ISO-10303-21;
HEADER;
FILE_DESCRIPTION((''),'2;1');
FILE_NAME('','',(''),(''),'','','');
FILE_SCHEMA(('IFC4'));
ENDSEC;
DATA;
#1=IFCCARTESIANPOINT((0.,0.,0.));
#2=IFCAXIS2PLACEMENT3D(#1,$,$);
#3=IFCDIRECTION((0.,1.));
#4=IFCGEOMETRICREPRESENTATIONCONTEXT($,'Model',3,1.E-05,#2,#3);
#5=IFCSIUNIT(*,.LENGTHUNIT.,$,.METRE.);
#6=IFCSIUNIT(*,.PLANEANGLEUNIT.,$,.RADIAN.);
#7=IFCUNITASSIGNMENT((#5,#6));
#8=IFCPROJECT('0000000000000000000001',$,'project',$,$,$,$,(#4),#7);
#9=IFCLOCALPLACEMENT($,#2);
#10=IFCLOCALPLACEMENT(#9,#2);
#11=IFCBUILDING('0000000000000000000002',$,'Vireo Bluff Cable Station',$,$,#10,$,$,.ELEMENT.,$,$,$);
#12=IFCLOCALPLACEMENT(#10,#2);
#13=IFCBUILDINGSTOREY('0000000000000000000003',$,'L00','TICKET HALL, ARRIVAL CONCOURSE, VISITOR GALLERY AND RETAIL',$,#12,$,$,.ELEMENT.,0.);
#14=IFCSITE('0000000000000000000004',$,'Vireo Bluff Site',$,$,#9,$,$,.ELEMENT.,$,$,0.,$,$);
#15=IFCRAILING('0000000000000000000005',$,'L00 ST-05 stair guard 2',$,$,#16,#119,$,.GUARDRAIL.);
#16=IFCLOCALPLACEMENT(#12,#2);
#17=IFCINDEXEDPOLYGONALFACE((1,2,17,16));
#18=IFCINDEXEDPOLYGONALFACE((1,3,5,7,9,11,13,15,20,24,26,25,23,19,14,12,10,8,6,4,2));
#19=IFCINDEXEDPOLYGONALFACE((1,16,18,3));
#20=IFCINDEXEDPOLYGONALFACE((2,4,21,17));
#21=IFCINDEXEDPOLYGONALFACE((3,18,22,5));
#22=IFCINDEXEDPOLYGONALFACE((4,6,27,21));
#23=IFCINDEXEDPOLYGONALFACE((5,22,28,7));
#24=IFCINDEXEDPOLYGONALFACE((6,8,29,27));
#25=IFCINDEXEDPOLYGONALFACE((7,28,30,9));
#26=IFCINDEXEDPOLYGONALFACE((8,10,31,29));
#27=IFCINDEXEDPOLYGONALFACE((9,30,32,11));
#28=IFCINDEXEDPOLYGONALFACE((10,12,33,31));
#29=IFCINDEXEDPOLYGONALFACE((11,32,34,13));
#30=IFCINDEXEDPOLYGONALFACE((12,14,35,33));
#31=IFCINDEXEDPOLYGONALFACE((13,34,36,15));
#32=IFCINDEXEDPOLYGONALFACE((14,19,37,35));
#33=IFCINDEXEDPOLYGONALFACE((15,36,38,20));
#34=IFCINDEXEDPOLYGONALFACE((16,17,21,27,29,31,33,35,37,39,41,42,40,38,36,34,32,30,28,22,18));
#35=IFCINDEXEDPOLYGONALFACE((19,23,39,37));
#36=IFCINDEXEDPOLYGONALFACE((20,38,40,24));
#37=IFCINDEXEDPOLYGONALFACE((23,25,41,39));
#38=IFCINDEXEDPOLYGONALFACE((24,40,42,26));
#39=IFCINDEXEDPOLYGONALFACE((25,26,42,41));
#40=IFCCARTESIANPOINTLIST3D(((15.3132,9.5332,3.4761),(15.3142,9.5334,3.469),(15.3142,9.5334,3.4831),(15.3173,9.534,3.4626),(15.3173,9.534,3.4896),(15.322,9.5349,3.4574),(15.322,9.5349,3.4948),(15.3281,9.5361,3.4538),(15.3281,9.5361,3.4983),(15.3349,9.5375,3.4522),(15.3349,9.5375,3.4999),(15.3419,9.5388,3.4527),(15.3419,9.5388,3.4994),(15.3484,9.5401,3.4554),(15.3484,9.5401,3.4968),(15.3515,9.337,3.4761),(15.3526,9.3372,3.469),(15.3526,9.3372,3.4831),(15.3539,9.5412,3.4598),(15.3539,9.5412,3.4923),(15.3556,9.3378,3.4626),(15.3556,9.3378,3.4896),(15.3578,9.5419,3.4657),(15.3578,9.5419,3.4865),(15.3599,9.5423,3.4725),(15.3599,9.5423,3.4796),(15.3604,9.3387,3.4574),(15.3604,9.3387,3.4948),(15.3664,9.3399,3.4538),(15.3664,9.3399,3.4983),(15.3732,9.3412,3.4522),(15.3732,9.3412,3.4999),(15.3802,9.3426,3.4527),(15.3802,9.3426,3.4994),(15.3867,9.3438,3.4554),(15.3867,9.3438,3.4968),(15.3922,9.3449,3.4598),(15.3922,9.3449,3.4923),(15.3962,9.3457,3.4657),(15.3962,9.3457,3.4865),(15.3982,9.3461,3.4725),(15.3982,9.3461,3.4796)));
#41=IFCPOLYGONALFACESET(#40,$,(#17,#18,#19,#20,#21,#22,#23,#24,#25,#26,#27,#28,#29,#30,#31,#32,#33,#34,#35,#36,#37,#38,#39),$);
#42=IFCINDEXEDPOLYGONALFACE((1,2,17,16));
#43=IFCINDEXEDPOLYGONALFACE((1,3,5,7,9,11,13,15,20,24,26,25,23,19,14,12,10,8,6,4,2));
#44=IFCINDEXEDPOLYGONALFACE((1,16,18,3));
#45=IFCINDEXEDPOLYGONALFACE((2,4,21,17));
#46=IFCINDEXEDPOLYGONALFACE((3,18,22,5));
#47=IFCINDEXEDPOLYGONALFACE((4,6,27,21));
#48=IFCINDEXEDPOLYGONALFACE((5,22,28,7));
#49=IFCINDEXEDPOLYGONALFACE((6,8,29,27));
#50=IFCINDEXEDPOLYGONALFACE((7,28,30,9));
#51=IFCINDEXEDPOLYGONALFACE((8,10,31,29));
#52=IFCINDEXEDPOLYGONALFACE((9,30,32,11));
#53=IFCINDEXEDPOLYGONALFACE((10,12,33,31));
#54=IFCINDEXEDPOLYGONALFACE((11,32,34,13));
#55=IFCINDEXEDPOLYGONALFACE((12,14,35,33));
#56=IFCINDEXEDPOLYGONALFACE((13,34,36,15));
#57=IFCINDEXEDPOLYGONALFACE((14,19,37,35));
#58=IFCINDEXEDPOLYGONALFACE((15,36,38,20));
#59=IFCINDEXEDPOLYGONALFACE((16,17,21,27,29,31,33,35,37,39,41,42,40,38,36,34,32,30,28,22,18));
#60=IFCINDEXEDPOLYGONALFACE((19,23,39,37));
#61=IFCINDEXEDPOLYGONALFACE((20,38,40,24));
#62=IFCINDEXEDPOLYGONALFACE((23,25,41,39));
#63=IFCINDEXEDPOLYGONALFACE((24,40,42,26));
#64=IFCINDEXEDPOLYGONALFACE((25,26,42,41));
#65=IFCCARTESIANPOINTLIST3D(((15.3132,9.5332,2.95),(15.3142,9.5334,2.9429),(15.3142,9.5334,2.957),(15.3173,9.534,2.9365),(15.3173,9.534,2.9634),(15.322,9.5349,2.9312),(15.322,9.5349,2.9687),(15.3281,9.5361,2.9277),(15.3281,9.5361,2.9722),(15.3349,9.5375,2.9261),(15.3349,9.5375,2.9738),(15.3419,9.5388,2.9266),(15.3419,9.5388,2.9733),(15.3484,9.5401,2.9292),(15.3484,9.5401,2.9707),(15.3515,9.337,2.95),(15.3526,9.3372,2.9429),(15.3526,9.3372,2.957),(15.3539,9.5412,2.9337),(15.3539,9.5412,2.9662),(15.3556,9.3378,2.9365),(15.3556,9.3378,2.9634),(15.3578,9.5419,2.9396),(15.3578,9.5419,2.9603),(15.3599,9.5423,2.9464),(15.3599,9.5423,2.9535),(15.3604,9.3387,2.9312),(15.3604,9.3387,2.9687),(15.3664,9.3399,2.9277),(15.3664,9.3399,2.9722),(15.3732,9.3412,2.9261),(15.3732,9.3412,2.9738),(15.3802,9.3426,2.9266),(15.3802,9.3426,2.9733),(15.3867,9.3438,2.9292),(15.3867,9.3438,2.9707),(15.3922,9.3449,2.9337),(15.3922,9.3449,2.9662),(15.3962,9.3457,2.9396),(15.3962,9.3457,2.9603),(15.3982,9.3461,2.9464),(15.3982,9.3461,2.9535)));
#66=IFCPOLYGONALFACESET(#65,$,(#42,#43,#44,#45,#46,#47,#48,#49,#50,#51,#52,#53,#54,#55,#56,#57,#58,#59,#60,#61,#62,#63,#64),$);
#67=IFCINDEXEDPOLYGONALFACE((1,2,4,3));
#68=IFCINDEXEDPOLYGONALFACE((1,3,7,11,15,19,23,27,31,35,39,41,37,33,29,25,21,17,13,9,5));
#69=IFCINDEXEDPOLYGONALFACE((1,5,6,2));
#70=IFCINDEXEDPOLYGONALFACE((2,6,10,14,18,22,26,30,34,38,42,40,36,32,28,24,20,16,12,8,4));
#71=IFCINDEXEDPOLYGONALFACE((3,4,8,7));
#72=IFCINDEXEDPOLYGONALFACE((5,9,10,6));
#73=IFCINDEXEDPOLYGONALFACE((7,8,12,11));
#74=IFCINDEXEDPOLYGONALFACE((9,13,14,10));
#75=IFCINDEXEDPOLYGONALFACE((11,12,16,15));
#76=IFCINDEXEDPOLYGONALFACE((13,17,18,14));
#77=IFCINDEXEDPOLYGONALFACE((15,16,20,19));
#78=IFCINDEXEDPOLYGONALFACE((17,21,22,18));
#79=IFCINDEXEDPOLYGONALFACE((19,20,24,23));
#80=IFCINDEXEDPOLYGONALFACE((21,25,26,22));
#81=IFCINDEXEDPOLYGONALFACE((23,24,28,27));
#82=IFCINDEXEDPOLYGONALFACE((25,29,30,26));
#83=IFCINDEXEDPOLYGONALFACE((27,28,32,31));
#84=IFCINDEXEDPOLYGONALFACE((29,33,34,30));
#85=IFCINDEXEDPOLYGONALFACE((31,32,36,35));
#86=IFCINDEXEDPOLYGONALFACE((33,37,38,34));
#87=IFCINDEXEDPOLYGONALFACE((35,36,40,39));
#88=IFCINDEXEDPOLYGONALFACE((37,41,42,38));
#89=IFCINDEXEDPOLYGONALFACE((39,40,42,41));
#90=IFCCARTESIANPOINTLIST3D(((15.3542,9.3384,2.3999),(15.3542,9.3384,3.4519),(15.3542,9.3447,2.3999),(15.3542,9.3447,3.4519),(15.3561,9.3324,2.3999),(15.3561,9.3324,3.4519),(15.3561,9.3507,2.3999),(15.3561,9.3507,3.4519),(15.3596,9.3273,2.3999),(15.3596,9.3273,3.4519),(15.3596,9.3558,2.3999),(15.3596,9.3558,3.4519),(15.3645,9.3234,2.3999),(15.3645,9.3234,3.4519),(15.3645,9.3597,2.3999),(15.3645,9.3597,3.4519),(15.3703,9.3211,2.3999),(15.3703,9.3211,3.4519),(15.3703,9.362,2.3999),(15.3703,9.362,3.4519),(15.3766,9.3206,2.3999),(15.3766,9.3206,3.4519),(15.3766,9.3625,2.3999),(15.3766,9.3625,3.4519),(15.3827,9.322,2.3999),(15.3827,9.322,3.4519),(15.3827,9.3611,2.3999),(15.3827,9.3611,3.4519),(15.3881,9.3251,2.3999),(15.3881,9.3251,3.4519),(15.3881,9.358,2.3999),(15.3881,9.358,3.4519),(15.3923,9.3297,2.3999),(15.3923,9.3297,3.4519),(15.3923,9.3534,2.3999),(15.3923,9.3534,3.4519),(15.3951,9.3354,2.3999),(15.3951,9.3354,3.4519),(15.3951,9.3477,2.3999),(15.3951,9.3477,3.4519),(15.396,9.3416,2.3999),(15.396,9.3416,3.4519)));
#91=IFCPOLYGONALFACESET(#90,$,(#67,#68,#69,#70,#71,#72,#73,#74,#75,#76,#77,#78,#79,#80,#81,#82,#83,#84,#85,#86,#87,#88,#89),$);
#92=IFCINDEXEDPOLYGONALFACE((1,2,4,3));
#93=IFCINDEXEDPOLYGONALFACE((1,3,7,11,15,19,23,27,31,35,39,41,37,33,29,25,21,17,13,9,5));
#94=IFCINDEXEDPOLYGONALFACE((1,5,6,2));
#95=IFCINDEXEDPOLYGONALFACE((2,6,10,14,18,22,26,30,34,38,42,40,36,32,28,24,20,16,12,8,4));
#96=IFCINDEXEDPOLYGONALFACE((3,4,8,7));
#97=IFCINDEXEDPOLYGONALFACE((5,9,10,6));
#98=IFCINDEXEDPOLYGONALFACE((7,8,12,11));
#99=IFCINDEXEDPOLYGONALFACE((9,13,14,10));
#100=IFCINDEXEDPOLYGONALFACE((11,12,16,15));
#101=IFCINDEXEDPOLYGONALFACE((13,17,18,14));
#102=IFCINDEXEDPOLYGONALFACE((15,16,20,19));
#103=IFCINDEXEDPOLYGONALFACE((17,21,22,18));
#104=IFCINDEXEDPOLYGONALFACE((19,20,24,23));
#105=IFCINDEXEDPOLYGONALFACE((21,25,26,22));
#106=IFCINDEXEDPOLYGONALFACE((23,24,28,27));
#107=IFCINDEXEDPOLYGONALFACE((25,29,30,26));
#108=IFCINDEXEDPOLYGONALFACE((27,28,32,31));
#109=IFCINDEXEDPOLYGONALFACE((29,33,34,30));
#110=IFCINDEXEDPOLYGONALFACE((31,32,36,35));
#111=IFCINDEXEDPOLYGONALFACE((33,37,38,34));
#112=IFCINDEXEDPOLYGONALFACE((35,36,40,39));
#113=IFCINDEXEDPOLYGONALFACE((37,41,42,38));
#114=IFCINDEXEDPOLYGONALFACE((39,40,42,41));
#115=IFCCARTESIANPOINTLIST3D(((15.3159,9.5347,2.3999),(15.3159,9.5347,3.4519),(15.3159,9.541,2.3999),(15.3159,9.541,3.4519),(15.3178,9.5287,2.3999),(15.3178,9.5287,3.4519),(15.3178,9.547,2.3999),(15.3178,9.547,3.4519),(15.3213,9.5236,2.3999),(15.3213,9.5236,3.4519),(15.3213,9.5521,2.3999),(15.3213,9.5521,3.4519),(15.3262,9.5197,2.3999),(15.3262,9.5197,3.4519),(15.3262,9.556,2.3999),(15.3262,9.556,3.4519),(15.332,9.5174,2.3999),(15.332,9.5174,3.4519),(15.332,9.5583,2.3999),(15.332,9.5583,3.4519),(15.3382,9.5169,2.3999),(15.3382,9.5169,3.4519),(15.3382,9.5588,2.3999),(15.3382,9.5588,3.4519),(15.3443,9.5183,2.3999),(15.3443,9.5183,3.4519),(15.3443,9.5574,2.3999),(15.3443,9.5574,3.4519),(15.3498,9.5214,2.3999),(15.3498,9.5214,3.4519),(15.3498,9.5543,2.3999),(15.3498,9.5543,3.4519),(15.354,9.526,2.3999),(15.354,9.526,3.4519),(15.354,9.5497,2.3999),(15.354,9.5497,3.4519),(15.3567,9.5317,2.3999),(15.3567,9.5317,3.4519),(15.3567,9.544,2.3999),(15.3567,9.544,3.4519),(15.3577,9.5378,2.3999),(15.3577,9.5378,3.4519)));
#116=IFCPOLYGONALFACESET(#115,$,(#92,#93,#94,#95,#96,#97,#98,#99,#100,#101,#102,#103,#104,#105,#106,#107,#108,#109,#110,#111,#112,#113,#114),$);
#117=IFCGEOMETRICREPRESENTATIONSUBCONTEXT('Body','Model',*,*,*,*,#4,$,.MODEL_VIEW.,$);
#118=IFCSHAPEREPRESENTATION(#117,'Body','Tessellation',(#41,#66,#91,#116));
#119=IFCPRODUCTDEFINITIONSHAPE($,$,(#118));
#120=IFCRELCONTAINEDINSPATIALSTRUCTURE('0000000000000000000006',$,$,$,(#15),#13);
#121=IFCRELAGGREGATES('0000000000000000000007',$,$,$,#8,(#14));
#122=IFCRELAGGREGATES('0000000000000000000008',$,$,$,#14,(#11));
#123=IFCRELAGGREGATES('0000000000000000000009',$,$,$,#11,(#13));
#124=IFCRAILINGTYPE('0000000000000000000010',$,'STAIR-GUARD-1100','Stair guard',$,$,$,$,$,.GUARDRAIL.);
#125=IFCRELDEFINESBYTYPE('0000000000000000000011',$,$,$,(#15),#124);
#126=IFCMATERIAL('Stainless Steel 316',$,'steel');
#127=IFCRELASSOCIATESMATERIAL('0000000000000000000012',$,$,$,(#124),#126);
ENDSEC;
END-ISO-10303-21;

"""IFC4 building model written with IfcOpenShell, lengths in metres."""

from ifc_helpers import new_model, si_unit, direction, frame, origin, origin_2d, place, context, subcontext, project, spatial, circle, extrude, material, type_object, element, save


model = new_model("IFC4")

# Units and contexts
model_context = context("Model", 3, precision=1e-05, world=origin(), true_north=direction((0.0, 1.0)))
body_context = subcontext(model_context, "Body", "Model", "MODEL_VIEW")
ifc_project = project(units=[si_unit("LENGTHUNIT", "METRE"), si_unit("PLANEANGLEUNIT", "RADIAN")], contexts=[model_context])

# Site, building, storey
site_placement = place(None, origin())
site = spatial("IfcSite", under=ifc_project, at=site_placement, Name="Vireo Bluff Site", CompositionType="ELEMENT", RefElevation=0.0)
building_placement = place(site_placement, origin())
building = spatial("IfcBuilding", under=site, at=building_placement, Name="Vireo Bluff Cable Station", CompositionType="ELEMENT")
storey_placement = place(building_placement, origin())
storey = spatial("IfcBuildingStorey", under=building, at=storey_placement, Name="L00", Description="TICKET HALL, ARRIVAL CONCOURSE, VISITOR GALLERY AND RETAIL", CompositionType="ELEMENT", Elevation=0.0)

# Shared definitions
ifc_material_1 = material(Name="Stainless Steel 316", Category="steel")

# Railing
railing_type_1 = type_object("IfcRailingType", Name="STAIR-GUARD-1100", Description="Stair guard", PredefinedType="GUARDRAIL", material=ifc_material_1)
railing_1_placement = place(storey_placement, frame((15.375, 9.3416, 2.3999)))
element("IfcRailing", 1, at=railing_1_placement, inside=storey, type_object=railing_type_1, Name="L00 ST-05 stair guard 2", PredefinedType="GUARDRAIL", context=body_context, shape_type="SweptSolid", body=[
    extrude(circle(Radius=0.0239, at=origin_2d()), frame((0.0, 0.0, 1.0762), z_axis=(-0.191654, 0.981463, 0.0), x_axis=(-0.981463, -0.191654, 0.0)), (0.0, 0.0, 1.0), 0.2),
    extrude(circle(Radius=0.0239, at=origin_2d()), frame((0.0, 0.0, 0.55), z_axis=(-0.191654, 0.981463, 0.0), x_axis=(-0.981463, -0.191654, 0.0)), (0.0, 0.0, 1.0), 0.2),
    extrude(circle(Radius=0.021, at=origin_2d()), origin(), (0.0, 0.0, 1.0), 1.052),
    extrude(circle(Radius=0.021, at=origin_2d()), frame((-0.0383, 0.1963, 0.0)), (0.0, 0.0, 1.0), 1.052),
])

save(model, "model.ifc")
